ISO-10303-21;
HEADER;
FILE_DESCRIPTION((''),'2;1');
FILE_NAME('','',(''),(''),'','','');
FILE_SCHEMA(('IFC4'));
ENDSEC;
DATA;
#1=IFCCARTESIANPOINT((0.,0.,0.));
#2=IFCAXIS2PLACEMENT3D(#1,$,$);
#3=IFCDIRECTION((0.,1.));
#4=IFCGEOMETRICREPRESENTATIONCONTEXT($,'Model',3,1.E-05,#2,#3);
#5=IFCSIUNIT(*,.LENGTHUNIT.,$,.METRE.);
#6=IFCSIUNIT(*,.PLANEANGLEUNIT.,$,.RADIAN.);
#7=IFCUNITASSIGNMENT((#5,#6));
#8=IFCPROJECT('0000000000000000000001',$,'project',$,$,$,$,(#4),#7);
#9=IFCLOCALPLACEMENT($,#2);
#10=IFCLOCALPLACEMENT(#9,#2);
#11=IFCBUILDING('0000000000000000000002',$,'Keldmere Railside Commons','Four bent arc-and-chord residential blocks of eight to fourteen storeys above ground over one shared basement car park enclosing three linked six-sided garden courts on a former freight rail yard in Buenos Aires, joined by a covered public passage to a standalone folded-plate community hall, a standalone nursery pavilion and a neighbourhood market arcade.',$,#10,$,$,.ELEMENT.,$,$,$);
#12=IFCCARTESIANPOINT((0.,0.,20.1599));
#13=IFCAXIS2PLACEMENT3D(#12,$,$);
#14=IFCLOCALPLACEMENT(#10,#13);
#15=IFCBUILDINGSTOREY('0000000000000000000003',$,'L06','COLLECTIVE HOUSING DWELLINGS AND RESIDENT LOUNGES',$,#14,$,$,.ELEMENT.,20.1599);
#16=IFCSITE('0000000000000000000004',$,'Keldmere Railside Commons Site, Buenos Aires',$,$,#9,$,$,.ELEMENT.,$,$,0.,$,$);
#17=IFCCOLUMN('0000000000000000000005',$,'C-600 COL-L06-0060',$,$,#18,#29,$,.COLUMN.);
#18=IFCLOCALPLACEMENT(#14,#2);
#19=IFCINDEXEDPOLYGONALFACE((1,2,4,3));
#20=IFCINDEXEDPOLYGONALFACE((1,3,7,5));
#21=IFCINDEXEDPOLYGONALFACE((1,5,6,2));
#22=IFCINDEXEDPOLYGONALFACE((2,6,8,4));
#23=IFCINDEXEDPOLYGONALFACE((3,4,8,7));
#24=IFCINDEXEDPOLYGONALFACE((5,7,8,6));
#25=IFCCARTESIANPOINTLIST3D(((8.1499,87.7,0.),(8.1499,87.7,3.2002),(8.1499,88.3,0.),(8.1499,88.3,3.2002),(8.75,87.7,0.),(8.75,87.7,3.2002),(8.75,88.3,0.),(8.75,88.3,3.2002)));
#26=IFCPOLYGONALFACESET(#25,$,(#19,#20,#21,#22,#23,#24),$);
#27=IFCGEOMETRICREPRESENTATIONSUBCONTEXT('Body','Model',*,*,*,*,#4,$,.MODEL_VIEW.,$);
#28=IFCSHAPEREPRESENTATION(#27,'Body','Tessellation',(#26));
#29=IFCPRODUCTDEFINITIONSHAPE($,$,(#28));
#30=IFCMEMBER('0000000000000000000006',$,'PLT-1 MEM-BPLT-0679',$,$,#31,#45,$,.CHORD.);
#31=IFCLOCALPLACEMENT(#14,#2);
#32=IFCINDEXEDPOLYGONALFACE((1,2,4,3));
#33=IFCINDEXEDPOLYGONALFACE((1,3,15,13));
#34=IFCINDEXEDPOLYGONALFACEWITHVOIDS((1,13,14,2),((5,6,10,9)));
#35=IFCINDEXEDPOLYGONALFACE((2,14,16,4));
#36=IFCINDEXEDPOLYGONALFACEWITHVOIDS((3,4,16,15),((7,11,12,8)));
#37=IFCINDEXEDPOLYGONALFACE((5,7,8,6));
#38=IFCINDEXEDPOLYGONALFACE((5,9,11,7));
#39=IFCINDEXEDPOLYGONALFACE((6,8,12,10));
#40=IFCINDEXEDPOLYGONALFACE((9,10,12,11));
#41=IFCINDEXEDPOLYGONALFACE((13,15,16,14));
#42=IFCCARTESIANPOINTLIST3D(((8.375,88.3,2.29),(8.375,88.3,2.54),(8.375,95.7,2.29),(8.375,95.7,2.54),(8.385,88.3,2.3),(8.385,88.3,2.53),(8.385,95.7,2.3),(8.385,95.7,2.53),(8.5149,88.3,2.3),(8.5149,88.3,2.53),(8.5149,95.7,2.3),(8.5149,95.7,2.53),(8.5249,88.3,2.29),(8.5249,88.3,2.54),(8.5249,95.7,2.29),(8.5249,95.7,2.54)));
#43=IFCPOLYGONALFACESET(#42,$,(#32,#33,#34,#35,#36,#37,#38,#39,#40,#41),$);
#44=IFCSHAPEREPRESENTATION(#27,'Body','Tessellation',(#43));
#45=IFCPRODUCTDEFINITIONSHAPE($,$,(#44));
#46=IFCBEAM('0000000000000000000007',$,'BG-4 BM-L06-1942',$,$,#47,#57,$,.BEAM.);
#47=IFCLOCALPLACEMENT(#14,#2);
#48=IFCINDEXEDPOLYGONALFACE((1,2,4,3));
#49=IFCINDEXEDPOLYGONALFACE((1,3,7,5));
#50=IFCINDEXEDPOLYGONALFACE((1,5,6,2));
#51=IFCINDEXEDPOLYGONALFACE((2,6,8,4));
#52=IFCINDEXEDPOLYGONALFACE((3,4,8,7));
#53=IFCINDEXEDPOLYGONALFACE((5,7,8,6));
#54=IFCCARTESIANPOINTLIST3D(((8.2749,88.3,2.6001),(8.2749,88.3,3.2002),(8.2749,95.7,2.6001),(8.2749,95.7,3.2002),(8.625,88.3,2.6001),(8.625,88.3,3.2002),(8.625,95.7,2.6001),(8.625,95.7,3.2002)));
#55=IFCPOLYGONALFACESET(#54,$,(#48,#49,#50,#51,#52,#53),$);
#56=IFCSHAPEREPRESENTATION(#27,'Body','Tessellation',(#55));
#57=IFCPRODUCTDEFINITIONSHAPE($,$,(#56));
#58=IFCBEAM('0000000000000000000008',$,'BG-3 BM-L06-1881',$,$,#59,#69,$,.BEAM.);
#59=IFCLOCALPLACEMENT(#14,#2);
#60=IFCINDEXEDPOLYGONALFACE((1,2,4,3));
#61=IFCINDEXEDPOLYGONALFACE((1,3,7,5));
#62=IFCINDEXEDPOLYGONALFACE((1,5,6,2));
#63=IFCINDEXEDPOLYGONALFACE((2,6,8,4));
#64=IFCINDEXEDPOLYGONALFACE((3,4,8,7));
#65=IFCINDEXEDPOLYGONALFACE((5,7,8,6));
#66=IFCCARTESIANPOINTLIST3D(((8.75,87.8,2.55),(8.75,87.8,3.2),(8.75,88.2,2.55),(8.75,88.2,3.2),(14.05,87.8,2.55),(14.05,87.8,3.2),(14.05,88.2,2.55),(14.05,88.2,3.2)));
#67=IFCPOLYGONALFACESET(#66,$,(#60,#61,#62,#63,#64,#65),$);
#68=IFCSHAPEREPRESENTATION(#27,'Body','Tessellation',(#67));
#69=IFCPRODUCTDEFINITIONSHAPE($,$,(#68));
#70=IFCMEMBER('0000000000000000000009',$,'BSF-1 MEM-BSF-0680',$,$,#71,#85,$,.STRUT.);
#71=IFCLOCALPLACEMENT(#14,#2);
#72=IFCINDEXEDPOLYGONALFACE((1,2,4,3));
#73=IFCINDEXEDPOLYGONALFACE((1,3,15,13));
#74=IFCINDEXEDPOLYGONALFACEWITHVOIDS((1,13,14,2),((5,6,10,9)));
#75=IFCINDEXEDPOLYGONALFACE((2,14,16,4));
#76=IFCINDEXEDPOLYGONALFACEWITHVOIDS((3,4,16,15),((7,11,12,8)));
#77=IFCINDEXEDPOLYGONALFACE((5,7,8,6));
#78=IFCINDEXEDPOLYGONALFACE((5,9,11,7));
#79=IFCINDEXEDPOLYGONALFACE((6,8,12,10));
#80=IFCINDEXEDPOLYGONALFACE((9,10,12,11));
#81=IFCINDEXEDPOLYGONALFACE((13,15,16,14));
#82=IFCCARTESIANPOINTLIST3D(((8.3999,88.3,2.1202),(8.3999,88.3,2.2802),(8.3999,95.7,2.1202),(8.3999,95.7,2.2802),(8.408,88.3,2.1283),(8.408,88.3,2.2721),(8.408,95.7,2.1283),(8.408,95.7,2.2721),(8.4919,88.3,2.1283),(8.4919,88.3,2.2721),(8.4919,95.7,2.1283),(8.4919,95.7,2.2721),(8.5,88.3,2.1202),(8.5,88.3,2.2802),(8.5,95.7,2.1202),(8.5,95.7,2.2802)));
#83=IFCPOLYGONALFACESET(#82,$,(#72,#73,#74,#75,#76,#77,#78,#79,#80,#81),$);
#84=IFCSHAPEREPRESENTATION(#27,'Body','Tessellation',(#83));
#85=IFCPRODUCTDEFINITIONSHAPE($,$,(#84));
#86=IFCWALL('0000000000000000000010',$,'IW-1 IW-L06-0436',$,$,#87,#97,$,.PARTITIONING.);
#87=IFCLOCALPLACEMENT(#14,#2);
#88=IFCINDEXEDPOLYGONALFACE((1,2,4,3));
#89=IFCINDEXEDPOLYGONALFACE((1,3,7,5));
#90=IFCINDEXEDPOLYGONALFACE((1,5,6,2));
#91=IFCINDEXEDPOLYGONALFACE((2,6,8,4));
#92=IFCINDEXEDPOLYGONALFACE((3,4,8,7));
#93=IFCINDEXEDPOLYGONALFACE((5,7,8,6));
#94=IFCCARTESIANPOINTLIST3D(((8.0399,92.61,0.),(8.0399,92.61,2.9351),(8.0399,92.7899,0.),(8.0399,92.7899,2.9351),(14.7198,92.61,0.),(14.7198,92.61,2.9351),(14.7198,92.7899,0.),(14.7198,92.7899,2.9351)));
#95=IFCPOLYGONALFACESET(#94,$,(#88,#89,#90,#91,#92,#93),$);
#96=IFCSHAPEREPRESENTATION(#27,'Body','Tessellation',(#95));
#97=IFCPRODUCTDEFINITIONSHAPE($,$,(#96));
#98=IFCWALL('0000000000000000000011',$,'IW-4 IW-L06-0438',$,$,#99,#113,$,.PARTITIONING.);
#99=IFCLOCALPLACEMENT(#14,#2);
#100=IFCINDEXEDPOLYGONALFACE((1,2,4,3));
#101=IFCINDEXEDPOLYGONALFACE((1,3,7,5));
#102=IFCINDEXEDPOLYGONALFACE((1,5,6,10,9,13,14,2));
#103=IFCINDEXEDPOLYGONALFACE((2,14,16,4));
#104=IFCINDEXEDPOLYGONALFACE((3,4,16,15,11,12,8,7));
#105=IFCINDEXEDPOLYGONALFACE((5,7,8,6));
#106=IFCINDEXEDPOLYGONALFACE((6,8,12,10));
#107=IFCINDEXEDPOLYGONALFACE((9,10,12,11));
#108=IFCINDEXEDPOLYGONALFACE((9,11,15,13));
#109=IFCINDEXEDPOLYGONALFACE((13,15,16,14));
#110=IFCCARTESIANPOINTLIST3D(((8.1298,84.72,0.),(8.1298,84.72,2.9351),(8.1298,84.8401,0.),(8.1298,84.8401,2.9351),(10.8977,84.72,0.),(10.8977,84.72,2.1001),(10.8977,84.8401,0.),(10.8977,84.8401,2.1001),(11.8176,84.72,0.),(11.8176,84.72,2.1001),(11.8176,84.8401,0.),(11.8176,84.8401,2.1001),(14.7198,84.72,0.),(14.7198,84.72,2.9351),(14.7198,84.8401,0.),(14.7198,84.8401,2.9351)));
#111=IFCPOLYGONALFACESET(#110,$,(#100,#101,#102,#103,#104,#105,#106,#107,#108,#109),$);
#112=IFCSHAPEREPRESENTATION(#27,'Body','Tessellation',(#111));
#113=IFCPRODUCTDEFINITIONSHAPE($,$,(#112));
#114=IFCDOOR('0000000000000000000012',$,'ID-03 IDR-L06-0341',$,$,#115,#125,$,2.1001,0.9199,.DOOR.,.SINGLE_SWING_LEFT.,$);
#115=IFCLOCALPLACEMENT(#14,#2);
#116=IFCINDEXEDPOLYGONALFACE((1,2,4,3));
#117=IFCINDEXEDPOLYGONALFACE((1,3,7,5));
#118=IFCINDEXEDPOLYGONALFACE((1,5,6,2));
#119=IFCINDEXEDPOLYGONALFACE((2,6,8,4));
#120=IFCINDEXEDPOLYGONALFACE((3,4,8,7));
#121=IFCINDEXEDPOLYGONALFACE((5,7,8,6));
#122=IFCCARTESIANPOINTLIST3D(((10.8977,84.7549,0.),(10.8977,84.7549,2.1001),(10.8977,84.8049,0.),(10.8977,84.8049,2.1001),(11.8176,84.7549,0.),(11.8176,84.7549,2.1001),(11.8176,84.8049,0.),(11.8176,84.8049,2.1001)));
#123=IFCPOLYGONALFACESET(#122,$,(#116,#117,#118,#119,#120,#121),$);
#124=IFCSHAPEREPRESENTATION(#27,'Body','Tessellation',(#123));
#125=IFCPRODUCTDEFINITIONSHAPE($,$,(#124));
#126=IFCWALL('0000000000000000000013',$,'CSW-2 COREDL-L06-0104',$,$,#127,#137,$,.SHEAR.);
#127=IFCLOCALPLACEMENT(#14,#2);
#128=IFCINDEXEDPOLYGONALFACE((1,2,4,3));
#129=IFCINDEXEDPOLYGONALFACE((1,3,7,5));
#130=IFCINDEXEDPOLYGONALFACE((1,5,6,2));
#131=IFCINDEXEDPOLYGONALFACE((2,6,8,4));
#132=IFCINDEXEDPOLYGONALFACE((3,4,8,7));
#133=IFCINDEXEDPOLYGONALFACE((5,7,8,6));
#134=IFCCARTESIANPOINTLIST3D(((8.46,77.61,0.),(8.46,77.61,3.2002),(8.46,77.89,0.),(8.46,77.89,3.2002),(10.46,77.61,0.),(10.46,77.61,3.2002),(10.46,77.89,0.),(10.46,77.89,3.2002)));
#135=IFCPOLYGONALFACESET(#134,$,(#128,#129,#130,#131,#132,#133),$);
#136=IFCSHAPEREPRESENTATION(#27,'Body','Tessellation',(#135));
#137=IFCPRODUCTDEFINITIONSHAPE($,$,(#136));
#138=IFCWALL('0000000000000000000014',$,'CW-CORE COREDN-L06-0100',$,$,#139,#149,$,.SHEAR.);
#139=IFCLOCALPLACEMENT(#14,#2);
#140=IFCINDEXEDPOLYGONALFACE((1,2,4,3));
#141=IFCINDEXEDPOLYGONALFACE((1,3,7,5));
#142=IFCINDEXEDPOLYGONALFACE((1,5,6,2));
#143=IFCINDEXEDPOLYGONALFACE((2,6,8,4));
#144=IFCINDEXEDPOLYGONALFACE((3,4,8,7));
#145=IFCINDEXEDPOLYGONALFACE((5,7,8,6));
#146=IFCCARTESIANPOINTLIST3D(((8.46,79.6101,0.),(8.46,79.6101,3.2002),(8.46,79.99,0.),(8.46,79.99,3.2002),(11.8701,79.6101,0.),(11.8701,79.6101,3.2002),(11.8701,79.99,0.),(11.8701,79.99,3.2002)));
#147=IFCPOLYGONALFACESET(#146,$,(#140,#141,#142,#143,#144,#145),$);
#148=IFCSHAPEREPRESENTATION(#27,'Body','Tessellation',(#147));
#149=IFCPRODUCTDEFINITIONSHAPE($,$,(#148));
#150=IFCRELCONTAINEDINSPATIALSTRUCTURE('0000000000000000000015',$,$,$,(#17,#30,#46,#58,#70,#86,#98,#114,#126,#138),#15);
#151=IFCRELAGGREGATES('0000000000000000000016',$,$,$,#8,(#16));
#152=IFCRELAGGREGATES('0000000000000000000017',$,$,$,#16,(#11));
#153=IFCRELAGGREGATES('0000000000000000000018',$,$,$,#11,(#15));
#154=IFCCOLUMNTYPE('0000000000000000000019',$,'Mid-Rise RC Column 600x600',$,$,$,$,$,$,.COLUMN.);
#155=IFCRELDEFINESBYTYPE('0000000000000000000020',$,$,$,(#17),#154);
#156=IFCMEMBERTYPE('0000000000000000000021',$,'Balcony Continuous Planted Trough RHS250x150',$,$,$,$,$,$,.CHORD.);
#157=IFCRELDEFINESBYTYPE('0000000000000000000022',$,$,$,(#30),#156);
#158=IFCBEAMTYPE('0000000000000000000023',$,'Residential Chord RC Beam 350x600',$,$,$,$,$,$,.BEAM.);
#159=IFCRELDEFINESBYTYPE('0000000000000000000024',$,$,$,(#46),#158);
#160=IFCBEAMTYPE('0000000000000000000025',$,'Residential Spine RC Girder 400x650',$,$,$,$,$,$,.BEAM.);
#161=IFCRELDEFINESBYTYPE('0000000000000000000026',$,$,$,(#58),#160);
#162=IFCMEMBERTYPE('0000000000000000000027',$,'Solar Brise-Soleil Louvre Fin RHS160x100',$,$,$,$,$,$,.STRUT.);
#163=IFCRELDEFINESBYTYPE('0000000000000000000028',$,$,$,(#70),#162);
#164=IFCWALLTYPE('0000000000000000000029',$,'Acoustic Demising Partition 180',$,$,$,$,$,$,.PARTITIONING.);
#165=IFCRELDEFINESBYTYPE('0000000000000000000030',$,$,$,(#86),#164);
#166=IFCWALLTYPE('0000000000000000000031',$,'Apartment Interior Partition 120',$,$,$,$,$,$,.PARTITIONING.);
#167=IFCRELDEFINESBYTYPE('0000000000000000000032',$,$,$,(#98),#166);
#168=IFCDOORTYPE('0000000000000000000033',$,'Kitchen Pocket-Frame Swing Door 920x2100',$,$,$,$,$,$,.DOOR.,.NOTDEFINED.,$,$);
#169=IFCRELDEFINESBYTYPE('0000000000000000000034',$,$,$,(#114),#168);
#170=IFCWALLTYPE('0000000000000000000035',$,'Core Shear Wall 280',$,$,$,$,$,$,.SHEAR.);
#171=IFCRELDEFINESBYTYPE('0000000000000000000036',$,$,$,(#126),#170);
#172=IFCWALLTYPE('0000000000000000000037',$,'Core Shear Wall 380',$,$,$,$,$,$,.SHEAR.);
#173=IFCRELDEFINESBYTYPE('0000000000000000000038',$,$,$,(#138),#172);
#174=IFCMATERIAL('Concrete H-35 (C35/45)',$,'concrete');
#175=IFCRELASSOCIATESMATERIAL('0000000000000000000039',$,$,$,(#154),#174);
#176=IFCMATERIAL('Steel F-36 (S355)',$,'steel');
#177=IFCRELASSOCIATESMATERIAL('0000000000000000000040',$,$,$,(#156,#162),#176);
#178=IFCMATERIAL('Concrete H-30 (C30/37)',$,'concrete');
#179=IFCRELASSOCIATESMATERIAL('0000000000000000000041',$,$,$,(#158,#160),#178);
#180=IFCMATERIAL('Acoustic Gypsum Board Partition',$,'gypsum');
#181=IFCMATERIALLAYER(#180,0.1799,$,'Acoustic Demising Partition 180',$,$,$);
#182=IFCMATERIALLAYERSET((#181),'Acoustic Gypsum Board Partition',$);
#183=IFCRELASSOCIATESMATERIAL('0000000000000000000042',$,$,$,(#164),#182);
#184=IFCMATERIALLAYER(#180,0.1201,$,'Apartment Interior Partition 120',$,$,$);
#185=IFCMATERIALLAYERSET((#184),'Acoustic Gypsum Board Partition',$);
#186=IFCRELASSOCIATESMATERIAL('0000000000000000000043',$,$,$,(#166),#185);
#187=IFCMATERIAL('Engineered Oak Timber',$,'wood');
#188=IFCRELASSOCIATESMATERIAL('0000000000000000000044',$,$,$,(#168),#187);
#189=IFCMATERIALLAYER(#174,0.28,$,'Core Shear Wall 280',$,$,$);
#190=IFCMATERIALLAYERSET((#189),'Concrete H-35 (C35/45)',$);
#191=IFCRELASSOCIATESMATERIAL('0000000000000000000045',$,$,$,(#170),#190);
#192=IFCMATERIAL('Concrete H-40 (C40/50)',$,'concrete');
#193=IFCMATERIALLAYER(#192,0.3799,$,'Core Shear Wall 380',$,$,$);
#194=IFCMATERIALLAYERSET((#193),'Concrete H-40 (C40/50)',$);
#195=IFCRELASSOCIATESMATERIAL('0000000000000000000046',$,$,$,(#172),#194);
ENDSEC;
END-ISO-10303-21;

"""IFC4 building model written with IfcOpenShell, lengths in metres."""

from ifc_helpers import new_model, si_unit, direction, frame, frame_2d, origin, origin_2d, place, context, subcontext, project, spatial, rectangle, hollow_rectangle, extrude, material, layer, layer_set, material_profile, profile_set, type_object, element, fill, save


model = new_model("IFC4")

# Units and contexts
model_context = context("Model", 3, precision=1e-05, world=origin(), true_north=direction((0.0, 1.0)))
body_context = subcontext(model_context, "Body", "Model", "MODEL_VIEW")
ifc_project = project(units=[si_unit("LENGTHUNIT", "METRE"), si_unit("PLANEANGLEUNIT", "RADIAN")], contexts=[model_context])

# Site, building, storey
site_placement = place(None, origin())
site = spatial("IfcSite", under=ifc_project, at=site_placement, Name="Keldmere Railside Commons Site, Buenos Aires", CompositionType="ELEMENT", RefElevation=0.0)
building_placement = place(site_placement, origin())
building = spatial("IfcBuilding", under=site, at=building_placement, Name="Keldmere Railside Commons", Description="Four bent arc-and-chord residential blocks of eight to fourteen storeys above ground over one shared basement car park enclosing three linked six-sided garden courts on a former freight rail yard in Buenos Aires, joined by a covered public passage to a standalone folded-plate community hall, a standalone nursery pavilion and a neighbourhood market arcade.", CompositionType="ELEMENT")
storey_placement = place(building_placement, frame((0.0, 0.0, 20.1599)))
storey = spatial("IfcBuildingStorey", under=building, at=storey_placement, Name="L06", Description="COLLECTIVE HOUSING DWELLINGS AND RESIDENT LOUNGES", CompositionType="ELEMENT", Elevation=20.1599)

# Column
ifc_material_1 = material(Name="Concrete H-35 (C35/45)", Category="concrete")
ifc_material_profile_1 = material_profile(ifc_material_1, rectangle(XDim=0.6001, YDim=0.6001, at=origin_2d()), Name="RC-600x600")
ifc_profile_set_1 = profile_set([ifc_material_profile_1], Name="Concrete H-35 (C35/45)")
column_type = type_object("IfcColumnType", Name="Mid-Rise RC Column 600x600", PredefinedType="COLUMN", material=ifc_profile_set_1)
column_placement = place(storey_placement, frame((8.45, 88.0, 0.0), z_axis=(0.0, 0.0, 1.0), x_axis=(1.0, 0.0, 0.0)))
element("IfcColumn", 1, at=column_placement, inside=storey, type_object=column_type, Name="C-600 COL-L06-0060", PredefinedType="COLUMN", context=body_context, shape_type="SweptSolid", body=[
    extrude(rectangle(XDim=0.6001, YDim=0.6001, at=origin_2d()), origin(), (0.0, 0.0, 1.0), 3.2002),
])

# Member
ifc_material_2 = material(Name="Steel F-36 (S355)", Category="steel")
ifc_material_profile_2 = material_profile(ifc_material_2, hollow_rectangle(XDim=0.1499, YDim=0.25, WallThickness=0.01, at=origin_2d()), Name="RHS-250x150x10")
ifc_profile_set_2 = profile_set([ifc_material_profile_2], Name="Steel F-36 (S355)")
member_type_1 = type_object("IfcMemberType", Name="Balcony Continuous Planted Trough RHS250x150", PredefinedType="CHORD", material=ifc_profile_set_2)
member_1_placement = place(storey_placement, frame((8.45, 88.3, 2.415), z_axis=(0.0, 1.0, 0.0), x_axis=(-1.0, 0.0, 0.0)))
element("IfcMember", 2, at=member_1_placement, inside=storey, type_object=member_type_1, Name="PLT-1 MEM-BPLT-0679", PredefinedType="CHORD", context=body_context, shape_type="SweptSolid", body=[
    extrude(hollow_rectangle(XDim=0.1499, YDim=0.25, WallThickness=0.01, at=origin_2d()), origin(), (0.0, 0.0, 1.0), 7.3999),
])

# Beams
ifc_material_3 = material(Name="Concrete H-30 (C30/37)", Category="concrete")
ifc_material_profile_3 = material_profile(ifc_material_3, rectangle(XDim=0.3501, YDim=0.6001, at=origin_2d()), Name="RC-350x600")
ifc_profile_set_3 = profile_set([ifc_material_profile_3], Name="Concrete H-30 (C30/37)")
beam_type_1 = type_object("IfcBeamType", Name="Residential Chord RC Beam 350x600", PredefinedType="BEAM", material=ifc_profile_set_3)
beam_1_placement = place(storey_placement, frame((8.45, 88.3, 2.9001), z_axis=(0.0, 1.0, 0.0), x_axis=(-1.0, 0.0, 0.0)))
element("IfcBeam", 3, at=beam_1_placement, inside=storey, type_object=beam_type_1, Name="BG-4 BM-L06-1942", PredefinedType="BEAM", context=body_context, shape_type="SweptSolid", body=[
    extrude(rectangle(XDim=0.3501, YDim=0.6001, at=origin_2d()), origin(), (0.0, 0.0, 1.0), 7.3999),
])
ifc_material_profile_4 = material_profile(ifc_material_3, rectangle(XDim=0.3999, YDim=0.6499, at=origin_2d()), Name="RC-400x650")
ifc_profile_set_4 = profile_set([ifc_material_profile_4], Name="Concrete H-30 (C30/37)")
beam_type_2 = type_object("IfcBeamType", Name="Residential Spine RC Girder 400x650", PredefinedType="BEAM", material=ifc_profile_set_4)
beam_2_placement = place(storey_placement, frame((8.75, 88.0, 2.875), z_axis=(1.0, 0.0, 0.0), x_axis=(0.0, 1.0, 0.0)))
element("IfcBeam", 4, at=beam_2_placement, inside=storey, type_object=beam_type_2, Name="BG-3 BM-L06-1881", PredefinedType="BEAM", context=body_context, shape_type="SweptSolid", body=[
    extrude(rectangle(XDim=0.3999, YDim=0.6499, at=origin_2d()), origin(), (0.0, 0.0, 1.0), 5.3),
])

# Member
ifc_material_profile_5 = material_profile(ifc_material_2, hollow_rectangle(XDim=0.1001, YDim=0.1599, WallThickness=0.0081, at=origin_2d()), Name="RHS-160x100x8")
ifc_profile_set_5 = profile_set([ifc_material_profile_5], Name="Steel F-36 (S355)")
member_type_2 = type_object("IfcMemberType", Name="Solar Brise-Soleil Louvre Fin RHS160x100", PredefinedType="STRUT", material=ifc_profile_set_5)
member_2_placement = place(storey_placement, frame((8.45, 88.3, 2.2002), z_axis=(0.0, 1.0, 0.0), x_axis=(-1.0, 0.0, 0.0)))
element("IfcMember", 5, at=member_2_placement, inside=storey, type_object=member_type_2, Name="BSF-1 MEM-BSF-0680", PredefinedType="STRUT", context=body_context, shape_type="SweptSolid", body=[
    extrude(hollow_rectangle(XDim=0.1001, YDim=0.1599, WallThickness=0.0081, at=origin_2d()), origin(), (0.0, 0.0, 1.0), 7.3999),
])

# Wall
ifc_material_4 = material(Name="Acoustic Gypsum Board Partition", Category="gypsum")
ifc_layer_1 = layer(ifc_material_4, 0.1799, Name="Acoustic Demising Partition 180")
ifc_layer_set_1 = layer_set([ifc_layer_1], Name="Acoustic Gypsum Board Partition")
wall_type_1 = type_object("IfcWallType", Name="Acoustic Demising Partition 180", PredefinedType="PARTITIONING", material=ifc_layer_set_1)
wall_1_placement = place(storey_placement, frame((8.04, 92.7, 0.0), z_axis=(0.0, 0.0, 1.0), x_axis=(1.0, 0.0, 0.0)))
element("IfcWall", 6, at=wall_1_placement, inside=storey, type_object=wall_type_1, Name="IW-1 IW-L06-0436", PredefinedType="PARTITIONING", context=body_context, shape_type="SweptSolid", body=[
    extrude(rectangle(XDim=6.6799, YDim=0.1799, at=frame_2d((3.3398, 0.0))), origin(), (0.0, 0.0, 1.0), 2.9351),
])

# Wall, opening, door
ifc_layer_2 = layer(ifc_material_4, 0.1201, Name="Apartment Interior Partition 120")
ifc_layer_set_2 = layer_set([ifc_layer_2], Name="Acoustic Gypsum Board Partition")
wall_type_2 = type_object("IfcWallType", Name="Apartment Interior Partition 120", PredefinedType="PARTITIONING", material=ifc_layer_set_2)
wall_2_placement = place(storey_placement, frame((8.1299, 84.78, 0.0), z_axis=(0.0, 0.0, 1.0), x_axis=(1.0, 0.0, 0.0)))
wall_2 = element("IfcWall", 7, at=wall_2_placement, inside=storey, type_object=wall_type_2, Name="IW-4 IW-L06-0438", PredefinedType="PARTITIONING", context=body_context, shape_type="SweptSolid", body=[
    extrude(rectangle(XDim=6.5901, YDim=0.1201, at=frame_2d((3.2949, 0.0))), origin(), (0.0, 0.0, 1.0), 2.9351),
])
opening_1_placement = place(wall_2_placement, frame((2.7678, 0.0, 0.0)))
opening_1 = element("IfcOpeningElement", 8, at=opening_1_placement, cuts=wall_2, PredefinedType="OPENING", context=body_context, shape_type="SweptSolid", body=[
    extrude(rectangle(XDim=0.9199, YDim=2.1001, at=frame_2d((0.46, 1.05))), frame((0.0, 0.0701, 0.0), z_axis=(0.0, -1.0, 0.0), x_axis=(1.0, 0.0, 0.0)), (0.0, 0.0, 1.0), 0.1401),
])
ifc_material_5 = material(Name="Engineered Oak Timber", Category="wood")
door_type_1 = type_object("IfcDoorType", Name="Kitchen Pocket-Frame Swing Door 920x2100", OperationType="NOTDEFINED", PredefinedType="DOOR", material=ifc_material_5)
door_1_placement = place(opening_1_placement, origin())
door_1 = element("IfcDoor", 9, at=door_1_placement, inside=storey, type_object=door_type_1, Name="ID-03 IDR-L06-0341", OperationType="SINGLE_SWING_LEFT", OverallHeight=2.1001, OverallWidth=0.9199, PredefinedType="DOOR", context=body_context, shape_type="SweptSolid", body=[
    extrude(rectangle(XDim=0.9199, YDim=2.1001, at=frame_2d((0.46, 1.05))), frame((0.0, 0.0249, 0.0), z_axis=(0.0, -1.0, 0.0), x_axis=(1.0, 0.0, 0.0)), (0.0, 0.0, 1.0), 0.05),
])
fill(opening_1, door_1)

# Walls
ifc_layer_3 = layer(ifc_material_1, 0.28, Name="Core Shear Wall 280")
ifc_layer_set_3 = layer_set([ifc_layer_3], Name="Concrete H-35 (C35/45)")
wall_type_3 = type_object("IfcWallType", Name="Core Shear Wall 280", PredefinedType="SHEAR", material=ifc_layer_set_3)
wall_3_placement = place(storey_placement, frame((8.46, 77.75, 0.0), z_axis=(0.0, 0.0, 1.0), x_axis=(1.0, 0.0, 0.0)))
element("IfcWall", 10, at=wall_3_placement, inside=storey, type_object=wall_type_3, Name="CSW-2 COREDL-L06-0104", PredefinedType="SHEAR", context=body_context, shape_type="SweptSolid", body=[
    extrude(rectangle(XDim=2.0, YDim=0.28, at=frame_2d((1.0, 0.0))), origin(), (0.0, 0.0, 1.0), 3.2002),
])
ifc_material_6 = material(Name="Concrete H-40 (C40/50)", Category="concrete")
ifc_layer_4 = layer(ifc_material_6, 0.3799, Name="Core Shear Wall 380")
ifc_layer_set_4 = layer_set([ifc_layer_4], Name="Concrete H-40 (C40/50)")
wall_type_4 = type_object("IfcWallType", Name="Core Shear Wall 380", PredefinedType="SHEAR", material=ifc_layer_set_4)
wall_4_placement = place(storey_placement, frame((8.46, 79.8, 0.0), z_axis=(0.0, 0.0, 1.0), x_axis=(1.0, 0.0, 0.0)))
element("IfcWall", 11, at=wall_4_placement, inside=storey, type_object=wall_type_4, Name="CW-CORE COREDN-L06-0100", PredefinedType="SHEAR", context=body_context, shape_type="SweptSolid", body=[
    extrude(rectangle(XDim=3.4102, YDim=0.3799, at=frame_2d((1.7051, 0.0))), origin(), (0.0, 0.0, 1.0), 3.2002),
])

save(model, "model.ifc")
